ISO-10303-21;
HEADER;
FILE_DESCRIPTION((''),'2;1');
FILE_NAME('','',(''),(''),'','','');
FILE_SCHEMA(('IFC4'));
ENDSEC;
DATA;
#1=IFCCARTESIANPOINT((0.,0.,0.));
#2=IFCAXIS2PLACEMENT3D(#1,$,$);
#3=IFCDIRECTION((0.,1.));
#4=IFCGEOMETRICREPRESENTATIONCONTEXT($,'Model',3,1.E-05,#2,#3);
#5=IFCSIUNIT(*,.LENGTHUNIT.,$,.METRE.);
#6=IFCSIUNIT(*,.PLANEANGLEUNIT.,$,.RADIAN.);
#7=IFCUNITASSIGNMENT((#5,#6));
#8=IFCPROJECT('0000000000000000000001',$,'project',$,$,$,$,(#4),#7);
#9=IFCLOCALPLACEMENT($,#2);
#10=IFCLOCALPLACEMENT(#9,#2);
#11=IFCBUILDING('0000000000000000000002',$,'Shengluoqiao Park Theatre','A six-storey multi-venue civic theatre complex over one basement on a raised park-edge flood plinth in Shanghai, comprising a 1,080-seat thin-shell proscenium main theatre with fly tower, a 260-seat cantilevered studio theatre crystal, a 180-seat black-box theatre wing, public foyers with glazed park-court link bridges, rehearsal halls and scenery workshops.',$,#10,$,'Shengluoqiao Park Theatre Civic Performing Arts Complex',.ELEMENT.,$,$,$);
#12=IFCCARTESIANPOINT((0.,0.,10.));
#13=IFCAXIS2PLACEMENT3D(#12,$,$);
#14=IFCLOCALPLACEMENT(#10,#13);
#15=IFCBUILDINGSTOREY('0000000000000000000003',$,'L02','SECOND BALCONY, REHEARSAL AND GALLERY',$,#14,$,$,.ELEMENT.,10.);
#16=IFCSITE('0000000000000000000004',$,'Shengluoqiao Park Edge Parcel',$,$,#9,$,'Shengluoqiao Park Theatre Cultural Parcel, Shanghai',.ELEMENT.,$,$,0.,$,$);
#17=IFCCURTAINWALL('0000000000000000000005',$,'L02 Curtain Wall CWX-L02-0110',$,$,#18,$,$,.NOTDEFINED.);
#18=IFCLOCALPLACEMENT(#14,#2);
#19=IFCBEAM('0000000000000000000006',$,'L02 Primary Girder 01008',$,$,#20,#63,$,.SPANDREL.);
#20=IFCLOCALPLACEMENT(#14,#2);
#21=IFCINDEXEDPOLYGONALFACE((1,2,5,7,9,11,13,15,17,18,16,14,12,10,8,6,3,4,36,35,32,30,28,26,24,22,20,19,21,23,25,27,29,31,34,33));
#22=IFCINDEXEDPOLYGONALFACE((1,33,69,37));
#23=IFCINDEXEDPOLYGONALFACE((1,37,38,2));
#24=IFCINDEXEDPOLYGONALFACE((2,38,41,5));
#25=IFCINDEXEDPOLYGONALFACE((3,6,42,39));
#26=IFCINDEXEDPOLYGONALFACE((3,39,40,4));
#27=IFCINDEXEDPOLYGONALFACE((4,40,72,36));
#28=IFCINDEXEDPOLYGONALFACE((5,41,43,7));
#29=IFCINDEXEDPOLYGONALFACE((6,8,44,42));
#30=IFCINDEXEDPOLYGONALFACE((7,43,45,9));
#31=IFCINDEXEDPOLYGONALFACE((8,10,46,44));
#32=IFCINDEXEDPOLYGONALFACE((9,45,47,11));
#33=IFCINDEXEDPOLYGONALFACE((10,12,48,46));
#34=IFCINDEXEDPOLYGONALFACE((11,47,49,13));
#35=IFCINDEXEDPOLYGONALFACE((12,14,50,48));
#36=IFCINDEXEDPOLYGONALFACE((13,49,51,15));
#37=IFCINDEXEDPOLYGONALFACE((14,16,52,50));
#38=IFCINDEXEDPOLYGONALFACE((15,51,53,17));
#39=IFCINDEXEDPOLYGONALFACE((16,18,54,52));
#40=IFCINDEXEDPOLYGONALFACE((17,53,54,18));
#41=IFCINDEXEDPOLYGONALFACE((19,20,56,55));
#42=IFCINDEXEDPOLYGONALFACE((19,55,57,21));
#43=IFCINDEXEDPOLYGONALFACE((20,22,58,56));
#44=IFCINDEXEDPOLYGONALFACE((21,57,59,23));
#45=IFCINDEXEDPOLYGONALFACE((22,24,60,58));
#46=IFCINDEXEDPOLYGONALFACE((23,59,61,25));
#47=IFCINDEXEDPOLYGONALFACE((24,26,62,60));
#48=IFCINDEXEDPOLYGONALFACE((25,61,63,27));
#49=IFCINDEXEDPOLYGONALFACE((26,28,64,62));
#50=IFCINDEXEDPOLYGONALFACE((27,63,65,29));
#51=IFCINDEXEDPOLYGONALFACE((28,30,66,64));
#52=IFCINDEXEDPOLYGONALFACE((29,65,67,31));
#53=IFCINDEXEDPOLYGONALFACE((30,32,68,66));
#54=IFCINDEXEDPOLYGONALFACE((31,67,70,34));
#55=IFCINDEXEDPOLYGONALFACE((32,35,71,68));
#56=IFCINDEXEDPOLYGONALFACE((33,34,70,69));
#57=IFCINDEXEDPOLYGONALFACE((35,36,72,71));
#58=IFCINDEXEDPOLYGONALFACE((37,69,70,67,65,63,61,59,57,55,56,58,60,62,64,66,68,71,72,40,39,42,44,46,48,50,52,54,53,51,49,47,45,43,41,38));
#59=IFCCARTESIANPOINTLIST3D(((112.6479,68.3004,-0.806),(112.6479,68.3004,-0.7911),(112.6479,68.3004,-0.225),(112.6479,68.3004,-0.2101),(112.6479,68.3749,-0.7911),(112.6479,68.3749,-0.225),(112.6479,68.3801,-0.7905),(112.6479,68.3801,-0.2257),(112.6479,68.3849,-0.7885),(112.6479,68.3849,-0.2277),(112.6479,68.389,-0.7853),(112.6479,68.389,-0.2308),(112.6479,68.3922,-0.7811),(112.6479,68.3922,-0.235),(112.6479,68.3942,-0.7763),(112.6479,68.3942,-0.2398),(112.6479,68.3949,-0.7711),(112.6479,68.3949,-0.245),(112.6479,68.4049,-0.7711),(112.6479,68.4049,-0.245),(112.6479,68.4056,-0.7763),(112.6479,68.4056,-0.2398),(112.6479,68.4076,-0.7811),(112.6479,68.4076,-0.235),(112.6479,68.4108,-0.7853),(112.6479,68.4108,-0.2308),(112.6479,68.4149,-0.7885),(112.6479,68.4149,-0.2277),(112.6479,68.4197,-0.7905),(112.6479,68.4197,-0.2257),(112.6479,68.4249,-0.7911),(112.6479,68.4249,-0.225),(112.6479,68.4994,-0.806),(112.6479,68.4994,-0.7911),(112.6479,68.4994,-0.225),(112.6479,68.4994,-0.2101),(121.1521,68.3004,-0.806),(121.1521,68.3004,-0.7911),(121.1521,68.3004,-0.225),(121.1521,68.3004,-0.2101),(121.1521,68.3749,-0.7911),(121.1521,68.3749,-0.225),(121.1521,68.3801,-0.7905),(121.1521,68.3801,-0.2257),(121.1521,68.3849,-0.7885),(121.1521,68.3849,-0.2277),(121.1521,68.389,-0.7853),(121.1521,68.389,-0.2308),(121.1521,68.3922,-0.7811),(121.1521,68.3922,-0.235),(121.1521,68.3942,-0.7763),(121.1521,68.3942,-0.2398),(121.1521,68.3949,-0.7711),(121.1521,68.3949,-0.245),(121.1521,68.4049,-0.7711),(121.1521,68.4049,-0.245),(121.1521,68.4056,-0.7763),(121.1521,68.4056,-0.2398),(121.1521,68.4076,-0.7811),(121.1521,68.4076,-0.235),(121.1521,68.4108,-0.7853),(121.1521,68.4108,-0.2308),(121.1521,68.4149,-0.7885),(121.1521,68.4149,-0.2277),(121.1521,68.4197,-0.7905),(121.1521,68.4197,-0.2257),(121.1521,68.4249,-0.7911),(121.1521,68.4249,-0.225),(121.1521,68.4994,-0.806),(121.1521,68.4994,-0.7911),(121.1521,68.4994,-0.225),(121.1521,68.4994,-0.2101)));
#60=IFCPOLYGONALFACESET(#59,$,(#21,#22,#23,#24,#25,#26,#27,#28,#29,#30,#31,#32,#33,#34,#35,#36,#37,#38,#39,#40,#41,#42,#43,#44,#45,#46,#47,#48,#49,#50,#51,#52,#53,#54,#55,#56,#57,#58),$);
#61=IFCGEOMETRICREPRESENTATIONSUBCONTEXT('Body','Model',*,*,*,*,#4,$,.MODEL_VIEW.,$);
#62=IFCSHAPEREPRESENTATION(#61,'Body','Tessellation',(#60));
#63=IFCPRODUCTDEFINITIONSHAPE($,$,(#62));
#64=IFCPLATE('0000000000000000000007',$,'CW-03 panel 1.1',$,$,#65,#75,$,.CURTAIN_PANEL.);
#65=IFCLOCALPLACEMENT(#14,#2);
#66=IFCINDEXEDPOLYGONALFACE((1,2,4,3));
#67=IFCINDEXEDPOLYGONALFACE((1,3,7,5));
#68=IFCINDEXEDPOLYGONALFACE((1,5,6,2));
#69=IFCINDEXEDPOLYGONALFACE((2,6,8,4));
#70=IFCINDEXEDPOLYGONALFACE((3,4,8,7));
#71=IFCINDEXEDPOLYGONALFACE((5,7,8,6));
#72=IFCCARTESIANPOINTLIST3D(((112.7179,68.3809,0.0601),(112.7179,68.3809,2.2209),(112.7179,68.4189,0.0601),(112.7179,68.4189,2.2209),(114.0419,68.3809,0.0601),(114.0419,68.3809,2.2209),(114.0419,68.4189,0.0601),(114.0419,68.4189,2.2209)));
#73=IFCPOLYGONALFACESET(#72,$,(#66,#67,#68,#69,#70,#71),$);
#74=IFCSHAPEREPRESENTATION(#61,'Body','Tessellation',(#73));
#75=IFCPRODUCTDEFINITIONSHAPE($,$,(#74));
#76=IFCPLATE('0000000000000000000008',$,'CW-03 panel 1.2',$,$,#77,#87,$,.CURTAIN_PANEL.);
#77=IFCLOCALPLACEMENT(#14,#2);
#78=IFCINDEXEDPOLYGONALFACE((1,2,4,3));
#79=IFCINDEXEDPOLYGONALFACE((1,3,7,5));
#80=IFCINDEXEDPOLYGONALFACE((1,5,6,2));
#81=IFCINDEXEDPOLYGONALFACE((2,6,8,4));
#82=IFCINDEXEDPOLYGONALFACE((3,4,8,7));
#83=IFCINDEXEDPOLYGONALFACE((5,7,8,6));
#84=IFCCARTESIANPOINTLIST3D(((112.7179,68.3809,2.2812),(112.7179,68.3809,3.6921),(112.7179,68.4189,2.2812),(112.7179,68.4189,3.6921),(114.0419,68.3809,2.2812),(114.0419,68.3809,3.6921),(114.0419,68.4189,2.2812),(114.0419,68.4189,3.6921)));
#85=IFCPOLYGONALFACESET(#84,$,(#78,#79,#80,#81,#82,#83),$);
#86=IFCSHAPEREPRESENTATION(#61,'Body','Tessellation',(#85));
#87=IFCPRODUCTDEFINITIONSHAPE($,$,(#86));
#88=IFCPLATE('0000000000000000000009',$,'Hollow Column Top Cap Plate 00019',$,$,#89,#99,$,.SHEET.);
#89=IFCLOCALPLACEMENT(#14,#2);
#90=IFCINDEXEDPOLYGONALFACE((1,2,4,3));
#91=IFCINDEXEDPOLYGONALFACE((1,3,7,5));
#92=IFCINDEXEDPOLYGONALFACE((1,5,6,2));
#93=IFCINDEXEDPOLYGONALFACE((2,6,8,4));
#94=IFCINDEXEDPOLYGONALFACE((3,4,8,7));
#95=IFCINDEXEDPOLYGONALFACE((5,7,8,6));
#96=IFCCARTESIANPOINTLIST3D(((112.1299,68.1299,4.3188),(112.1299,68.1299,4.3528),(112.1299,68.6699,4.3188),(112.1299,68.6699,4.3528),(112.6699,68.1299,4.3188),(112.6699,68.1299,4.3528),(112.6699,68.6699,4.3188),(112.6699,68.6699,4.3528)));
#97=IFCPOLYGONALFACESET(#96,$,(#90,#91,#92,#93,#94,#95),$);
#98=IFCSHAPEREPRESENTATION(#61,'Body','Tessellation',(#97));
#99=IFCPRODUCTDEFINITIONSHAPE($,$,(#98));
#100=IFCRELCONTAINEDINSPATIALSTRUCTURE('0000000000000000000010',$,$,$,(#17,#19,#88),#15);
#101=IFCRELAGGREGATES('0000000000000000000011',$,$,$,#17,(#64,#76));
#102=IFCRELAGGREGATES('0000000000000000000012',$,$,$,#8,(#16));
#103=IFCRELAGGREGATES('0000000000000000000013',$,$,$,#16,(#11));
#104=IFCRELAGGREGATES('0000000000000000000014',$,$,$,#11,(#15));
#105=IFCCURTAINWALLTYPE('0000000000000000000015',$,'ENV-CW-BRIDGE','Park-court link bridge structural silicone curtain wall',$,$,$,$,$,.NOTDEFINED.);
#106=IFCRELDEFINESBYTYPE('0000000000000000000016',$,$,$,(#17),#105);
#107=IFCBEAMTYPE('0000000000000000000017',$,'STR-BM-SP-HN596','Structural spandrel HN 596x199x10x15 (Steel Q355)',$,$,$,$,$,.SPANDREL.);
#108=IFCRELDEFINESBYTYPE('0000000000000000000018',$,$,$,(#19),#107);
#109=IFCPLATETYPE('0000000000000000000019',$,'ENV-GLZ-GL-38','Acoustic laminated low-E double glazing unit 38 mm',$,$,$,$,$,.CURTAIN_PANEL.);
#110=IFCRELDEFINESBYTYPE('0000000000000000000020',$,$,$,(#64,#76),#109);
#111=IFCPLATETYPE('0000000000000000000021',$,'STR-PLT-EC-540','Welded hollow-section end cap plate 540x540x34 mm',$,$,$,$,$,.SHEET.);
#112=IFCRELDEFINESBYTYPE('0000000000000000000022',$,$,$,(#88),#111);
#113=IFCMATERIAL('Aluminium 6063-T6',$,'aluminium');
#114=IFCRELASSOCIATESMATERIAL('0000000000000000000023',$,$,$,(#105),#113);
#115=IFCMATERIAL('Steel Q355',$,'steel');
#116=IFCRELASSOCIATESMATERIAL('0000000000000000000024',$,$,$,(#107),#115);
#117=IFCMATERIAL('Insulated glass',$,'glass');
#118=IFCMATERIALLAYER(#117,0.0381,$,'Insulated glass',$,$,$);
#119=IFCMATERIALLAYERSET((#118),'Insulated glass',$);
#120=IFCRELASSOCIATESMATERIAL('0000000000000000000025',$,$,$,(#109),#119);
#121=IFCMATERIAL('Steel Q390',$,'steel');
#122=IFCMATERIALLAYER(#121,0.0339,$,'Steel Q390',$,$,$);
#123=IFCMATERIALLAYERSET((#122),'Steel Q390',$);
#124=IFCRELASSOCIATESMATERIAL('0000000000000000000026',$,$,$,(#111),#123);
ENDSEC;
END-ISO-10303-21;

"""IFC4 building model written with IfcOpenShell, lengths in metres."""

from ifc_helpers import new_model, si_unit, direction, frame, origin, origin_2d, place, context, subcontext, project, spatial, rectangle, i_section, extrude, material, layer, layer_set, material_profile, profile_set, type_object, element, aggregate, save


model = new_model("IFC4")

# Units and contexts
model_context = context("Model", 3, precision=1e-05, world=origin(), true_north=direction((0.0, 1.0)))
body_context = subcontext(model_context, "Body", "Model", "MODEL_VIEW")
ifc_project = project(units=[si_unit("LENGTHUNIT", "METRE"), si_unit("PLANEANGLEUNIT", "RADIAN")], contexts=[model_context])

# Site, building, storey
site_placement = place(None, origin())
site = spatial("IfcSite", under=ifc_project, at=site_placement, Name="Shengluoqiao Park Edge Parcel", LongName="Shengluoqiao Park Theatre Cultural Parcel, Shanghai", CompositionType="ELEMENT", RefElevation=0.0)
building_placement = place(site_placement, origin())
building = spatial("IfcBuilding", under=site, at=building_placement, Name="Shengluoqiao Park Theatre", Description="A six-storey multi-venue civic theatre complex over one basement on a raised park-edge flood plinth in Shanghai, comprising a 1,080-seat thin-shell proscenium main theatre with fly tower, a 260-seat cantilevered studio theatre crystal, a 180-seat black-box theatre wing, public foyers with glazed park-court link bridges, rehearsal halls and scenery workshops.", LongName="Shengluoqiao Park Theatre Civic Performing Arts Complex", CompositionType="ELEMENT")
storey_placement = place(building_placement, frame((0.0, 0.0, 10.0)))
storey = spatial("IfcBuildingStorey", under=building, at=storey_placement, Name="L02", Description="SECOND BALCONY, REHEARSAL AND GALLERY", CompositionType="ELEMENT", Elevation=10.0)

# Shared definitions
ifc_material_1 = material(Name="Steel Q390", Category="steel")

# Shared definitions
ifc_material_2 = material(Name="Aluminium 6063-T6", Category="aluminium")
curtain_wall_type = type_object("IfcCurtainWallType", Name="ENV-CW-BRIDGE", Description="Park-court link bridge structural silicone curtain wall", PredefinedType="NOTDEFINED", material=ifc_material_2)

# Curtain wall
curtain_wall_1_placement = place(storey_placement, origin())
curtain_wall_1 = element("IfcCurtainWall", 1, at=curtain_wall_1_placement, inside=storey, type_object=curtain_wall_type, Name="L02 Curtain Wall CWX-L02-0110", PredefinedType="NOTDEFINED")

# Beam
ifc_material_3 = material(Name="Steel Q355", Category="steel")
ifc_material_profile_1 = material_profile(ifc_material_3, i_section(OverallWidth=0.199, OverallDepth=0.5959, WebThickness=0.01, FlangeThickness=0.0149, FilletRadius=0.02, at=origin_2d()), Name="HN 596x199x10x15")
ifc_profile_set_1 = profile_set([ifc_material_profile_1], Name="Steel Q355")
beam_type_1 = type_object("IfcBeamType", Name="STR-BM-SP-HN596", Description="Structural spandrel HN 596x199x10x15 (Steel Q355)", PredefinedType="SPANDREL", material=ifc_profile_set_1)
beam_1_placement = place(storey_placement, frame((112.6479, 68.3999, -0.5081), z_axis=(1.0, 0.0, 0.0), x_axis=(0.0, 1.0, 0.0)))
element("IfcBeam", 2, at=beam_1_placement, inside=storey, type_object=beam_type_1, Name="L02 Primary Girder 01008", PredefinedType="SPANDREL", context=body_context, shape_type="SweptSolid", body=[
    extrude(i_section(OverallWidth=0.199, OverallDepth=0.5959, WebThickness=0.01, FlangeThickness=0.0149, FilletRadius=0.02, at=origin_2d()), origin(), (0.0, 0.0, 1.0), 8.5042),
])

# Plates
ifc_material_4 = material(Name="Insulated glass", Category="glass")
ifc_layer_1 = layer(ifc_material_4, 0.0381, Name="Insulated glass")
ifc_layer_set_1 = layer_set([ifc_layer_1], Name="Insulated glass")
plate_type_1 = type_object("IfcPlateType", Name="ENV-GLZ-GL-38", Description="Acoustic laminated low-E double glazing unit 38 mm", PredefinedType="CURTAIN_PANEL", material=ifc_layer_set_1)
plate_1_placement = place(storey_placement, frame((113.3799, 68.3999, 0.0601), z_axis=(0.0, 0.0, 1.0), x_axis=(1.0, 0.0, 0.0)))
plate_1 = element("IfcPlate", 3, at=plate_1_placement, type_object=plate_type_1, Name="CW-03 panel 1.1", PredefinedType="CURTAIN_PANEL", context=body_context, shape_type="SweptSolid", body=[
    extrude(rectangle(XDim=1.324, YDim=0.0381, at=origin_2d()), origin(), (0.0, 0.0, 1.0), 2.1609),
])
plate_2_placement = place(storey_placement, frame((113.3799, 68.3999, 2.2812), z_axis=(0.0, 0.0, 1.0), x_axis=(1.0, 0.0, 0.0)))
plate_2 = element("IfcPlate", 4, at=plate_2_placement, type_object=plate_type_1, Name="CW-03 panel 1.2", PredefinedType="CURTAIN_PANEL", context=body_context, shape_type="SweptSolid", body=[
    extrude(rectangle(XDim=1.324, YDim=0.0381, at=origin_2d()), origin(), (0.0, 0.0, 1.0), 1.4109),
])
aggregate(curtain_wall_1, [plate_1, plate_2])
ifc_layer_2 = layer(ifc_material_1, 0.0339, Name="Steel Q390")
ifc_layer_set_2 = layer_set([ifc_layer_2], Name="Steel Q390")
plate_type_2 = type_object("IfcPlateType", Name="STR-PLT-EC-540", Description="Welded hollow-section end cap plate 540x540x34 mm", PredefinedType="SHEET", material=ifc_layer_set_2)
plate_3_placement = place(storey_placement, frame((112.3999, 68.3999, 4.3188), z_axis=(0.0, 0.0, 1.0), x_axis=(1.0, 0.0, 0.0)))
element("IfcPlate", 5, at=plate_3_placement, inside=storey, type_object=plate_type_2, Name="Hollow Column Top Cap Plate 00019", PredefinedType="SHEET", context=body_context, shape_type="SweptSolid", body=[
    extrude(rectangle(XDim=0.54, YDim=0.54, at=origin_2d()), origin(), (0.0, 0.0, 1.0), 0.0339),
])

save(model, "model.ifc")
